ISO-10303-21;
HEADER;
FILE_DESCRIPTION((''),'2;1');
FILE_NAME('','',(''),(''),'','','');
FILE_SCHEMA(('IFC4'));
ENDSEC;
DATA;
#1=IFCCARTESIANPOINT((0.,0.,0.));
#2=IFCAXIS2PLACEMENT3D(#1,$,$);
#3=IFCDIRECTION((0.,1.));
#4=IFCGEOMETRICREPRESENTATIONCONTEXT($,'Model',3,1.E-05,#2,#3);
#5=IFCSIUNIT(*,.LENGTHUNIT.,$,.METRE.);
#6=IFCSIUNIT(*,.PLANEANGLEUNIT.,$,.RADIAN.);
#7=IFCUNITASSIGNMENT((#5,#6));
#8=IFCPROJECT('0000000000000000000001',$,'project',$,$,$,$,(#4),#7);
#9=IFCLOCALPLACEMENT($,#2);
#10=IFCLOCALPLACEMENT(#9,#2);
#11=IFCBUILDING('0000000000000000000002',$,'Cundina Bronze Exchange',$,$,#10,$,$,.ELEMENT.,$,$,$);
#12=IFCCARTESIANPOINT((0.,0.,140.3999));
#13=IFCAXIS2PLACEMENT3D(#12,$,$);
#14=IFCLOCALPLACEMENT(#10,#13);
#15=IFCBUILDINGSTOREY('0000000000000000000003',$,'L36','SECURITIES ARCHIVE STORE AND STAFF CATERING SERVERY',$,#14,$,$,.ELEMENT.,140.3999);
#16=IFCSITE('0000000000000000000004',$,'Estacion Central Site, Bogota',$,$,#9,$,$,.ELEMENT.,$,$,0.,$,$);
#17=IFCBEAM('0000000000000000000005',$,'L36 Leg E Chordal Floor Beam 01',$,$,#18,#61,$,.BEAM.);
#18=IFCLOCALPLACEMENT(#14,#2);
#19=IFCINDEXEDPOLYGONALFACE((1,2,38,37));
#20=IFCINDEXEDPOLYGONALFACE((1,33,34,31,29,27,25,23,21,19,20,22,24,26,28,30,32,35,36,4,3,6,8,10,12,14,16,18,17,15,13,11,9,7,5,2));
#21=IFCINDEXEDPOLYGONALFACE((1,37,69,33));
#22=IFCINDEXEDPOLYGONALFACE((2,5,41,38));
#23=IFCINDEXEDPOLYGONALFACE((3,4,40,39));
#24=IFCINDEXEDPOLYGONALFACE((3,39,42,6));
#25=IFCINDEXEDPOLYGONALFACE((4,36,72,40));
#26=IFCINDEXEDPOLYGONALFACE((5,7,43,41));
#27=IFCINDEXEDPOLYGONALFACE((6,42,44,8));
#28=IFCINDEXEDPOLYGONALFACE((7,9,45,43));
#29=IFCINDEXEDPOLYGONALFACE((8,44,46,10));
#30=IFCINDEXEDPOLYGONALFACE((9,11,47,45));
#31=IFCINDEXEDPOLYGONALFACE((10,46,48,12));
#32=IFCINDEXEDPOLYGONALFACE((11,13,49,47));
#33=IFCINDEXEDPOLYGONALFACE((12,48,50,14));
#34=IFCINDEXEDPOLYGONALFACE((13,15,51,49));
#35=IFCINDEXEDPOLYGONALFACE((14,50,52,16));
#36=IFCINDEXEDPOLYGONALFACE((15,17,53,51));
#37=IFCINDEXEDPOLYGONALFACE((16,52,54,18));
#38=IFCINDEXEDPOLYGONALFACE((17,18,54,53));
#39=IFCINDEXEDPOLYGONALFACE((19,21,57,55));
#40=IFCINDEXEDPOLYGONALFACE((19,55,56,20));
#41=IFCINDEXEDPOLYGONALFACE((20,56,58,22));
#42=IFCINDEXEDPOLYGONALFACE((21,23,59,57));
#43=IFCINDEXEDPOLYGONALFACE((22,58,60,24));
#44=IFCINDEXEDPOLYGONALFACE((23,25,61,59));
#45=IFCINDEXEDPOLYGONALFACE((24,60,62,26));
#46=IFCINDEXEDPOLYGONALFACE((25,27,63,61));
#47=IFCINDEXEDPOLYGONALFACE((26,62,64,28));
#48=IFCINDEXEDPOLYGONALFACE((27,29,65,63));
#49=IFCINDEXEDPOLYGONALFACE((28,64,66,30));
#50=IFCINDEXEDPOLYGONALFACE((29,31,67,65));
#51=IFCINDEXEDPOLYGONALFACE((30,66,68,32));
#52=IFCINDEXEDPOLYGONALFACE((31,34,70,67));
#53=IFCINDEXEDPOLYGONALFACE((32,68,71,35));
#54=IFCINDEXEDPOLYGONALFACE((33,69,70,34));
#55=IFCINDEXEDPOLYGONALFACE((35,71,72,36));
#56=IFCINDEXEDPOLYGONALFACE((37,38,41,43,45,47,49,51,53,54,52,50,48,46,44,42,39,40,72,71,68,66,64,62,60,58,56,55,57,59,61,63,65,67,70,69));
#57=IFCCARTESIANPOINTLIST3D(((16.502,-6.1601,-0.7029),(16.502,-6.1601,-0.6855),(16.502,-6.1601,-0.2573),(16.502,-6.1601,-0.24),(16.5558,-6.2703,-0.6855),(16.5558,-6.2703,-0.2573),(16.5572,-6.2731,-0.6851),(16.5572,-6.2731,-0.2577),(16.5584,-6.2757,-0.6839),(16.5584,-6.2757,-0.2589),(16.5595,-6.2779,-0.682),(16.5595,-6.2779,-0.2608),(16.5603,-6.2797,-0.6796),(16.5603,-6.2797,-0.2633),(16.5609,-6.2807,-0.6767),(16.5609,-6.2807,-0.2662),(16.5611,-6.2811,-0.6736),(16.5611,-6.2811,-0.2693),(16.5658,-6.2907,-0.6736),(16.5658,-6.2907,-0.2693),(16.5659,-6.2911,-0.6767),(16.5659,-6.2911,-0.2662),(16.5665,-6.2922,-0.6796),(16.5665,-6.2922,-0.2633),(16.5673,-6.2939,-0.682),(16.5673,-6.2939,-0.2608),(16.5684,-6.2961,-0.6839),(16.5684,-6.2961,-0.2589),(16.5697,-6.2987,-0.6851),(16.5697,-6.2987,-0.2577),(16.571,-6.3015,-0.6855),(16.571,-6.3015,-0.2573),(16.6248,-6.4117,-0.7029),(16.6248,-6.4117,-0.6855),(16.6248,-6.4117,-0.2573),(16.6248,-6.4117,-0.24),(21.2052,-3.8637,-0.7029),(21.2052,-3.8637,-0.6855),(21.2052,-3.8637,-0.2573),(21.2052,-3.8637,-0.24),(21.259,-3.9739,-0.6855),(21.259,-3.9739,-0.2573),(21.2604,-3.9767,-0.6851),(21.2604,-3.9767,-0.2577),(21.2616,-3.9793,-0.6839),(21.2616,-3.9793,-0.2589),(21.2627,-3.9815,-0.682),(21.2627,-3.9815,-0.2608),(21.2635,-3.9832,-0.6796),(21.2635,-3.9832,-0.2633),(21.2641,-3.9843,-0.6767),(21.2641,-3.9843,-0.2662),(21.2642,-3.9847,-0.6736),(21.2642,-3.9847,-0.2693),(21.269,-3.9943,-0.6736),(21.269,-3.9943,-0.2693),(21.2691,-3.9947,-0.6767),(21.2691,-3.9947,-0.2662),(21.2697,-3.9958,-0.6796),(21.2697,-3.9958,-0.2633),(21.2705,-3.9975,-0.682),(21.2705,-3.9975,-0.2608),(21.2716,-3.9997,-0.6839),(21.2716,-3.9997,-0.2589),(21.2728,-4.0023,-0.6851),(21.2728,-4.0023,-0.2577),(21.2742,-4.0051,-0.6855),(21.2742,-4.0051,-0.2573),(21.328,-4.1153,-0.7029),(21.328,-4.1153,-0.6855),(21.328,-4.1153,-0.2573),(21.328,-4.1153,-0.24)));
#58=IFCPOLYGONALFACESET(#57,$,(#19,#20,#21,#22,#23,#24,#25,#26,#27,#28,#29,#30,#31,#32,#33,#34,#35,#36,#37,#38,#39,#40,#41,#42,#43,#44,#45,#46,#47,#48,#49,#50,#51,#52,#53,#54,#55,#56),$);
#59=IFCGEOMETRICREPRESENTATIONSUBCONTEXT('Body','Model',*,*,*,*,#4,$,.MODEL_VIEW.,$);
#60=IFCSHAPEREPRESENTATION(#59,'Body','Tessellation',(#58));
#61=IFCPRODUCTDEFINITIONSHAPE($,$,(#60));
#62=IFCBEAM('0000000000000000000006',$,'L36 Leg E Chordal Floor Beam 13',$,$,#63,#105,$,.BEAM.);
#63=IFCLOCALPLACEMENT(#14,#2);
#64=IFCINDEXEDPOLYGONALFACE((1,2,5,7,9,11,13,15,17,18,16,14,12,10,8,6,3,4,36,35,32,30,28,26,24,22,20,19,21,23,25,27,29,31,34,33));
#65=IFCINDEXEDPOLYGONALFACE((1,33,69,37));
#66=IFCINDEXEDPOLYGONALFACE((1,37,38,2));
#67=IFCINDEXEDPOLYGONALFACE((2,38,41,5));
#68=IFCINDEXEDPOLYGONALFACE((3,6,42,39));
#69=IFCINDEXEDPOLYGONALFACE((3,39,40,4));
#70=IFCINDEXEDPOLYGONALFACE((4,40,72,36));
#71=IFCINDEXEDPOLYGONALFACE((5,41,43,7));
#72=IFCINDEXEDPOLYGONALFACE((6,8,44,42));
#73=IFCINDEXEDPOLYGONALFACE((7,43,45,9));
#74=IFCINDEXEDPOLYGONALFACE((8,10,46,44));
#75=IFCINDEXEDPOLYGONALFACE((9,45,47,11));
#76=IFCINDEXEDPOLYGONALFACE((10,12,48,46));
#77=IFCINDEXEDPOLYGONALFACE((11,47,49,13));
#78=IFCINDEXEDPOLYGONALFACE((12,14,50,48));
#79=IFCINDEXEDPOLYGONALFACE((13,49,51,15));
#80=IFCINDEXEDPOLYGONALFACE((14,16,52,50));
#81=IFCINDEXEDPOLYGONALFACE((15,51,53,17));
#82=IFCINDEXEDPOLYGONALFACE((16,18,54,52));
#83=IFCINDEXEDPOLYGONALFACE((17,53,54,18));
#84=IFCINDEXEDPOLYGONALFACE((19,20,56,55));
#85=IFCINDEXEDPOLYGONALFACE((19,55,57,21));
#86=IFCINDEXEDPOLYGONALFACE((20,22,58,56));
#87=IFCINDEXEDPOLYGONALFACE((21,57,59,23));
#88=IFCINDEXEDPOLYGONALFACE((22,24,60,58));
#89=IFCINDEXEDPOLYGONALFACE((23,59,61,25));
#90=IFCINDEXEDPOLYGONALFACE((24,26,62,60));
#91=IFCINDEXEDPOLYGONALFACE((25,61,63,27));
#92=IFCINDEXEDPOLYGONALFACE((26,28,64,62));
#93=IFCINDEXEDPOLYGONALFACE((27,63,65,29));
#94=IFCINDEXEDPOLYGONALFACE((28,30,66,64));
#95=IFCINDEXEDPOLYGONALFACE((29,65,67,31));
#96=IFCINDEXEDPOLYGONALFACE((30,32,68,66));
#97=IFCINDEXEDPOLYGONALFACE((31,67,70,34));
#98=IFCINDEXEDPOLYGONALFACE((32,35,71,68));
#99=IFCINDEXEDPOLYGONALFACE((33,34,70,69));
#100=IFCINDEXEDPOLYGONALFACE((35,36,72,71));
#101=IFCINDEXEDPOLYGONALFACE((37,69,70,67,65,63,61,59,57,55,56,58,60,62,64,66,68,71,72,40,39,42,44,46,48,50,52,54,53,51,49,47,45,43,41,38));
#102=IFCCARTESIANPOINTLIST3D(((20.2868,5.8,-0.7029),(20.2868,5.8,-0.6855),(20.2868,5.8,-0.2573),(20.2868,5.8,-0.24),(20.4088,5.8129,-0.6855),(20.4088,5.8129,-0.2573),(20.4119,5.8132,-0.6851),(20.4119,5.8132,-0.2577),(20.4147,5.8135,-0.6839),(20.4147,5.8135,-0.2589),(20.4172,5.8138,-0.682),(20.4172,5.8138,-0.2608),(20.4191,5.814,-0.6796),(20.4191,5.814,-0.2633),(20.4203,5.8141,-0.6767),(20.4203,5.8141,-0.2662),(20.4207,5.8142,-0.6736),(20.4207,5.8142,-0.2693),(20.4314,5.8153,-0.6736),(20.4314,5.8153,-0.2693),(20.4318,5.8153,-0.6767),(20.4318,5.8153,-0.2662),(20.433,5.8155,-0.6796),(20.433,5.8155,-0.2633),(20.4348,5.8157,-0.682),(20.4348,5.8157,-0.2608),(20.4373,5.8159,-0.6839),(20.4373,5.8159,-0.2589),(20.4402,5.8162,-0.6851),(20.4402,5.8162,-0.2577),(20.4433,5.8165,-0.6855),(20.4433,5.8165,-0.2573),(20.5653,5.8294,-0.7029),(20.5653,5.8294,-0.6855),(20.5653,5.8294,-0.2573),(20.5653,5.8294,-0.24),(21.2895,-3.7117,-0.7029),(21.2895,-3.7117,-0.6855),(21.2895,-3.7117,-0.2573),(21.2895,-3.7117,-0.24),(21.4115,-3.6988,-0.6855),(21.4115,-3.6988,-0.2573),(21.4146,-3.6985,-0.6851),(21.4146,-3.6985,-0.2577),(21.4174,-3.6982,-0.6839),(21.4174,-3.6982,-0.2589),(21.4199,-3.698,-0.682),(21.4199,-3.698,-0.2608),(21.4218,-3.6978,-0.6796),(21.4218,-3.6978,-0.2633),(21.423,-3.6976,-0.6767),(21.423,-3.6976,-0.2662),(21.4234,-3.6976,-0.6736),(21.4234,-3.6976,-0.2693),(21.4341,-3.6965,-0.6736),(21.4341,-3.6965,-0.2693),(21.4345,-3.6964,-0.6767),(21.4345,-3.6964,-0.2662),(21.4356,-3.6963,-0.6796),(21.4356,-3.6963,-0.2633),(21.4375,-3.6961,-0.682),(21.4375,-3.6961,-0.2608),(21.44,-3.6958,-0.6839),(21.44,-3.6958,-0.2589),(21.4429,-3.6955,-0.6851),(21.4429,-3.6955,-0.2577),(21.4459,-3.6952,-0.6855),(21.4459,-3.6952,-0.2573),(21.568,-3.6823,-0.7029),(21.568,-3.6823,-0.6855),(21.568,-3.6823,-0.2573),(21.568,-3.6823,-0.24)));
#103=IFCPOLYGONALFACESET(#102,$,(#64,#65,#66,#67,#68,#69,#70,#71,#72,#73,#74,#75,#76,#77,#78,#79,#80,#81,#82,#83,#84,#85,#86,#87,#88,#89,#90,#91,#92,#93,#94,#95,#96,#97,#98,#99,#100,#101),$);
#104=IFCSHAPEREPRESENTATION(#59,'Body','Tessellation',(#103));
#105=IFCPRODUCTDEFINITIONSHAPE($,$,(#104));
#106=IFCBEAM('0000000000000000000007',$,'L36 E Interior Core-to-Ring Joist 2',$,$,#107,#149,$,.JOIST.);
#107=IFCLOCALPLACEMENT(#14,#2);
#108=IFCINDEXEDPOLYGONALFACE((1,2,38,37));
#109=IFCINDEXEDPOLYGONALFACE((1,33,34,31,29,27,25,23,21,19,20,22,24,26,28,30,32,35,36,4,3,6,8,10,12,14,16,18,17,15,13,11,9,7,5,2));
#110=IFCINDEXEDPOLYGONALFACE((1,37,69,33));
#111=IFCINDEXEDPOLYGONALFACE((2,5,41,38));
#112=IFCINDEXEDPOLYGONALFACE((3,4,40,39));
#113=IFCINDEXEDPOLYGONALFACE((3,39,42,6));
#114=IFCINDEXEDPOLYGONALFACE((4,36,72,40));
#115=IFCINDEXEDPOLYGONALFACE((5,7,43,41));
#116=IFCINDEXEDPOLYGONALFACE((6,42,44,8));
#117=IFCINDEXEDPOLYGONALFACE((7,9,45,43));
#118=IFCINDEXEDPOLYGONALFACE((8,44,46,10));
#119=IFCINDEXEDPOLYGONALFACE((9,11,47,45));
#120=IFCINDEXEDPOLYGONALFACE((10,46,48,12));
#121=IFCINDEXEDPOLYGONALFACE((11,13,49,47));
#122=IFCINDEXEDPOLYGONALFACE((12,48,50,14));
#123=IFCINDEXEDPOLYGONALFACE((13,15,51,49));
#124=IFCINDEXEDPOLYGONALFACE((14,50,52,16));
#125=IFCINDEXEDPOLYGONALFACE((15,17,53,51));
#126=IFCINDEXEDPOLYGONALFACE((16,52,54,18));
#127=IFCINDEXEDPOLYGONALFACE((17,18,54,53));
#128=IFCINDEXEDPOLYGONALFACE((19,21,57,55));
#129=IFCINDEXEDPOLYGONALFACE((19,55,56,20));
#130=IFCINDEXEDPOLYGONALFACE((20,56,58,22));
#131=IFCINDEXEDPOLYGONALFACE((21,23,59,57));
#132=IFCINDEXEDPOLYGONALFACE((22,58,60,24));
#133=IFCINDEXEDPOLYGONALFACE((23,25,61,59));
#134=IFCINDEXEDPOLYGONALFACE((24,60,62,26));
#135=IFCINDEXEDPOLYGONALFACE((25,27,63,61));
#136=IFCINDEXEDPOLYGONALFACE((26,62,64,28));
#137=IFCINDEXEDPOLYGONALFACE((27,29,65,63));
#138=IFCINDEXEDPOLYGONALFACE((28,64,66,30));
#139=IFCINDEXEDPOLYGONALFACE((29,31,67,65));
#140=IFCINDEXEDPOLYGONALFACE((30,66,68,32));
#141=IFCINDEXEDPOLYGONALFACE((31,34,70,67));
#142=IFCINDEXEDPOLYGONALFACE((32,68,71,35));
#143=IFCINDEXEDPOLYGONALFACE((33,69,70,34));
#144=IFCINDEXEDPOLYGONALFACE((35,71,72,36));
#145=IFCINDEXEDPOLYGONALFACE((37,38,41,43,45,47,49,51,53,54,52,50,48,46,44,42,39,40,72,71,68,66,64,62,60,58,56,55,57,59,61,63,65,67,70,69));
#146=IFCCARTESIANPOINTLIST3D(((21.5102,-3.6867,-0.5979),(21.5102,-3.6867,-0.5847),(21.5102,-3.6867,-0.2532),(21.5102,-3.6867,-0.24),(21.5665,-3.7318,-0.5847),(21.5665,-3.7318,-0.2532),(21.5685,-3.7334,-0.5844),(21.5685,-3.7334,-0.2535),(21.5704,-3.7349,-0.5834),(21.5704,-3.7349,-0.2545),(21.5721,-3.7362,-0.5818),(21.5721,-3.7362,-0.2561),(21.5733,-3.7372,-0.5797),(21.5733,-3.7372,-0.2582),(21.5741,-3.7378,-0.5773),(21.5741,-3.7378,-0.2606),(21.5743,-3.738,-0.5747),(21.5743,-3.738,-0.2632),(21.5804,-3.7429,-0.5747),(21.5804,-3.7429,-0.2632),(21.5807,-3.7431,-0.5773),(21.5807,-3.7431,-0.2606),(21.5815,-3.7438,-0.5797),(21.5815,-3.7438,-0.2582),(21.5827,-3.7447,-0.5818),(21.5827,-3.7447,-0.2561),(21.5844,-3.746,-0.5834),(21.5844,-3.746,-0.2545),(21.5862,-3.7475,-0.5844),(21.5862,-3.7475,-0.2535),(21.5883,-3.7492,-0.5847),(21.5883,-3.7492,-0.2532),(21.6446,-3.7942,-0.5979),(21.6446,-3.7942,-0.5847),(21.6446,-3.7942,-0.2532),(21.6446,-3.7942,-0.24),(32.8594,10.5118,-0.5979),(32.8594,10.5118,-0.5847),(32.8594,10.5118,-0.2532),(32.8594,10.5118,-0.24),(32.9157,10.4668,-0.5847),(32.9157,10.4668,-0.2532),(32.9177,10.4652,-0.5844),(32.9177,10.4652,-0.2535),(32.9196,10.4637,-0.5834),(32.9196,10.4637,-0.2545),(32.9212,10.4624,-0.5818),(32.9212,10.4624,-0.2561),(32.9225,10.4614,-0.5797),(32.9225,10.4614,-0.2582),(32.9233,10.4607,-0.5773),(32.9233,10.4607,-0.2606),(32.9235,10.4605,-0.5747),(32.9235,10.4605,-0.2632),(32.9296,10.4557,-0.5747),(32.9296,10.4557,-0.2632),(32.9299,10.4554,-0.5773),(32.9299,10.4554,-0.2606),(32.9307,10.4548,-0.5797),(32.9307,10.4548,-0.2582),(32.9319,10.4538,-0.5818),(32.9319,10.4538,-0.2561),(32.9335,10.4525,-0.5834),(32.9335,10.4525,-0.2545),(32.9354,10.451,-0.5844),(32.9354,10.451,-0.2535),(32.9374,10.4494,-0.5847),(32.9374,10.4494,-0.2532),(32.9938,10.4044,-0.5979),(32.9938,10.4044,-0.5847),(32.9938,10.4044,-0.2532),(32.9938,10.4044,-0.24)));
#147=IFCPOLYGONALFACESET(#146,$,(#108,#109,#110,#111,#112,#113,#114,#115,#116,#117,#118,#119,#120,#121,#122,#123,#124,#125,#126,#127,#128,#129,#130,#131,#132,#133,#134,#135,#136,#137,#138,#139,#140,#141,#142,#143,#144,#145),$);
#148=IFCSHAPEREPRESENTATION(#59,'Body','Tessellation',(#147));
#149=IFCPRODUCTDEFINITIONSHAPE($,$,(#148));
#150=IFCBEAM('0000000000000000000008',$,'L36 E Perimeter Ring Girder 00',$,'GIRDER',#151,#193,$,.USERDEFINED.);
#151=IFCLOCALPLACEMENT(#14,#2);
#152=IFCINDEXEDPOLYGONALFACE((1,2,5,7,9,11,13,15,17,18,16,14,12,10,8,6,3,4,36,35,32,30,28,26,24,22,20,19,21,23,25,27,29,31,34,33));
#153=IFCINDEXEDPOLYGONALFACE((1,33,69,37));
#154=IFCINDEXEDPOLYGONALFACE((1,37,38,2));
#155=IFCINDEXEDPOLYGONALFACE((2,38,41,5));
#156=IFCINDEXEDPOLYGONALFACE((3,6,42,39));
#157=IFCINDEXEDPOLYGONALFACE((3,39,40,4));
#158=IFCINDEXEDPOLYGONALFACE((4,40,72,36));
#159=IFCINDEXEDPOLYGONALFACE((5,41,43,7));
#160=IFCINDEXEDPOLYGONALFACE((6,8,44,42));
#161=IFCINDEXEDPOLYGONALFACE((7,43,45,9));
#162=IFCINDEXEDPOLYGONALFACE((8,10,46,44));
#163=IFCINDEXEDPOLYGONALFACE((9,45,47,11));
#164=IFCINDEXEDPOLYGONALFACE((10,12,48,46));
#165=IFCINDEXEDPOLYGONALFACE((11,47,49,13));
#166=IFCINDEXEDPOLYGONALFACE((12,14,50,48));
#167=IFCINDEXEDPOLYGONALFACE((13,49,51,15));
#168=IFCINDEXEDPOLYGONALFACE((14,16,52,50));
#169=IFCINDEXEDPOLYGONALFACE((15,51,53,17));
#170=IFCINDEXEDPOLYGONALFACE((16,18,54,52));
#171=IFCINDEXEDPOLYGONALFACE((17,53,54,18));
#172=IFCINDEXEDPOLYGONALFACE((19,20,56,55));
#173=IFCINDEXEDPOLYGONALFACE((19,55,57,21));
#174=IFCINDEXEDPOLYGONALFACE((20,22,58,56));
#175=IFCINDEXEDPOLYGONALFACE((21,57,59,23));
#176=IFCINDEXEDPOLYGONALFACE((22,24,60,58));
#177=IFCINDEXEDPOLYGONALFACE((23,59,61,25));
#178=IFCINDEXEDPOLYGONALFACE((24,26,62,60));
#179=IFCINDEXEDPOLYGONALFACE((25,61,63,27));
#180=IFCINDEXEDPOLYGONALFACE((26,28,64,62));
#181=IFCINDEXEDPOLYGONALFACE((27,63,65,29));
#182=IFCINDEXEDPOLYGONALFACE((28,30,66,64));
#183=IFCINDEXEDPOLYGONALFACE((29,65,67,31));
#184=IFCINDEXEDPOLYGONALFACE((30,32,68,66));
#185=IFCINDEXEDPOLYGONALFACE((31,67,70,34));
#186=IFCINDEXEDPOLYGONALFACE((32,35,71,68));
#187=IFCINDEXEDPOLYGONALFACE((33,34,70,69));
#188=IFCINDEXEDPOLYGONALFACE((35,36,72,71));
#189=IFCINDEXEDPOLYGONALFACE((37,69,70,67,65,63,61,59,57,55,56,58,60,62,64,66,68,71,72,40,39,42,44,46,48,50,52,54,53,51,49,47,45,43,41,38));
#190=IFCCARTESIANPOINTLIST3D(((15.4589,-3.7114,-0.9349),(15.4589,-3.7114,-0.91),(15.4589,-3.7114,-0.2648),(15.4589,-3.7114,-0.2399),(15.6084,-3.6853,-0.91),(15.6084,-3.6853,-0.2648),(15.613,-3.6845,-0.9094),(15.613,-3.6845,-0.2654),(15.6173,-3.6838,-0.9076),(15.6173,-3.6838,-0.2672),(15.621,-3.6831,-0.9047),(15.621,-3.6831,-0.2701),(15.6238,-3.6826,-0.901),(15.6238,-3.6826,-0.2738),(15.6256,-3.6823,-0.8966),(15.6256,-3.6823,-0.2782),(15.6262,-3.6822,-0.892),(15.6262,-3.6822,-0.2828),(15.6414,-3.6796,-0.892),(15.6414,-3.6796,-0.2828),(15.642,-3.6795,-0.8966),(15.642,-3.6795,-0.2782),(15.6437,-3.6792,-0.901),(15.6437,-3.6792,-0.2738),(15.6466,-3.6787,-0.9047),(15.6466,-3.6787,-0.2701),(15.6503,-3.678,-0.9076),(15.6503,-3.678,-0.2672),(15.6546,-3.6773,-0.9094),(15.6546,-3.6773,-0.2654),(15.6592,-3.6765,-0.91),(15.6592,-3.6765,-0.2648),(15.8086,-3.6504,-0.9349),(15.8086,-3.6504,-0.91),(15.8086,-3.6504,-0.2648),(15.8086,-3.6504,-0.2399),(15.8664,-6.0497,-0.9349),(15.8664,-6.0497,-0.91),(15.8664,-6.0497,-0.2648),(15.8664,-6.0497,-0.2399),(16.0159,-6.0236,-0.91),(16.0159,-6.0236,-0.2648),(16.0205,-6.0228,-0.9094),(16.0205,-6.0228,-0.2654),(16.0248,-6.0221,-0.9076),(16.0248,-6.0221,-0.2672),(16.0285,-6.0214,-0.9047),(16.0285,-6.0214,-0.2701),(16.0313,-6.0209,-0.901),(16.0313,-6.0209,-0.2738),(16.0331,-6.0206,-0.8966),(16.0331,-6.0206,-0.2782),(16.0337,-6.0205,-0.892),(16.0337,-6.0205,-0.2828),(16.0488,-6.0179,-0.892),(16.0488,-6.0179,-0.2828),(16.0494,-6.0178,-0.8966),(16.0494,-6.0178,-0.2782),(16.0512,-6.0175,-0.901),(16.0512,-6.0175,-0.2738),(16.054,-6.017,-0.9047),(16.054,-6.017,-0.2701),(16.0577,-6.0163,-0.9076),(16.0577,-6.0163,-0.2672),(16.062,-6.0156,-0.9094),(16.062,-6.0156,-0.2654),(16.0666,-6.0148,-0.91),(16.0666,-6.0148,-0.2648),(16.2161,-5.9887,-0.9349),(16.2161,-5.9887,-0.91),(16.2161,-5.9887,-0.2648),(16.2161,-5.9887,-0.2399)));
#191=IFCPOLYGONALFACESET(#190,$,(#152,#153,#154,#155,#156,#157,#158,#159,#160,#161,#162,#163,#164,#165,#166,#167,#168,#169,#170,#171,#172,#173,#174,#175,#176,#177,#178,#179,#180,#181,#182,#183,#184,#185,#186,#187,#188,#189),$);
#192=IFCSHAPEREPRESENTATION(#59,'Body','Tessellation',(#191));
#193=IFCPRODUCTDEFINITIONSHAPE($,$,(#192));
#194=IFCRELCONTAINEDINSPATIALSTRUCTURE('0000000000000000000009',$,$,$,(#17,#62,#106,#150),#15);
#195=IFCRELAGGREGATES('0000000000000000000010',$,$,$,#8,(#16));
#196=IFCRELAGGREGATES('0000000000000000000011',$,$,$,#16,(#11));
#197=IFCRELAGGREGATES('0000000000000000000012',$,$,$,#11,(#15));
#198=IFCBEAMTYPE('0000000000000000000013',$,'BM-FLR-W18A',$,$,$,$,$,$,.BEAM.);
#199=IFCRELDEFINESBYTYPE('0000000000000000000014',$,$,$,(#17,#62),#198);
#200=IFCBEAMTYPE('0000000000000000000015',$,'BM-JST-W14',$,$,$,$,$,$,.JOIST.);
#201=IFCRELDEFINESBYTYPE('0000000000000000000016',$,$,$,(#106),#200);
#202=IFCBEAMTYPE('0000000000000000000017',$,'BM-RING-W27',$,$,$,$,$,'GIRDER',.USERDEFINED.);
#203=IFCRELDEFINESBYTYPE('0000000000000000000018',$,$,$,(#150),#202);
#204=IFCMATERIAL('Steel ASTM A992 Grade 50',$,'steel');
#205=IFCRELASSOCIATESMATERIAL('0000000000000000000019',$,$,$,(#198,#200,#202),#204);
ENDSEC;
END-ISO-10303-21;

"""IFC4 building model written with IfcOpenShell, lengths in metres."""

from ifc_helpers import new_model, si_unit, direction, frame, origin, origin_2d, place, context, subcontext, project, spatial, i_section, extrude, material, material_profile, profile_set, type_object, element, save


model = new_model("IFC4")

# Units and contexts
model_context = context("Model", 3, precision=1e-05, world=origin(), true_north=direction((0.0, 1.0)))
body_context = subcontext(model_context, "Body", "Model", "MODEL_VIEW")
ifc_project = project(units=[si_unit("LENGTHUNIT", "METRE"), si_unit("PLANEANGLEUNIT", "RADIAN")], contexts=[model_context])

# Site, building, storey
site_placement = place(None, origin())
site = spatial("IfcSite", under=ifc_project, at=site_placement, Name="Estacion Central Site, Bogota", CompositionType="ELEMENT", RefElevation=0.0)
building_placement = place(site_placement, origin())
building = spatial("IfcBuilding", under=site, at=building_placement, Name="Cundina Bronze Exchange", CompositionType="ELEMENT")
storey_placement = place(building_placement, frame((0.0, 0.0, 140.3999)))
storey = spatial("IfcBuildingStorey", under=building, at=storey_placement, Name="L36", Description="SECURITIES ARCHIVE STORE AND STAFF CATERING SERVERY", CompositionType="ELEMENT", Elevation=140.3999)

# Shared definitions
ifc_material_1 = material(Name="Steel ASTM A992 Grade 50", Category="steel")

# Beams
ifc_material_profile_1 = material_profile(ifc_material_1, i_section(OverallWidth=0.28, OverallDepth=0.4629, WebThickness=0.0107, FlangeThickness=0.0173, FilletRadius=0.012, at=origin_2d()), Name="W18X76", Category="steel")
ifc_profile_set_1 = profile_set([ifc_material_profile_1], Name="Steel ASTM A992 Grade 50")
beam_type_1 = type_object("IfcBeamType", Name="BM-FLR-W18A", PredefinedType="BEAM", material=ifc_profile_set_1)
beam_1_placement = place(storey_placement, frame((21.2666, -3.9895, -0.4714), z_axis=(-0.898604, -0.43876, 0.0), x_axis=(0.43876, -0.898604, 0.0)))
element("IfcBeam", 1, at=beam_1_placement, inside=storey, type_object=beam_type_1, Name="L36 Leg E Chordal Floor Beam 01", PredefinedType="BEAM", context=body_context, shape_type="SweptSolid", body=[
    extrude(i_section(OverallWidth=0.28, OverallDepth=0.4629, WebThickness=0.0107, FlangeThickness=0.0173, FilletRadius=0.012, at=origin_2d()), origin(), (0.0, 0.0, 1.0), 5.2339),
])
beam_2_placement = place(storey_placement, frame((21.4287, -3.697, -0.4714), z_axis=(-0.104835, 0.99449, 0.0), x_axis=(-0.99449, -0.104835, 0.0)))
element("IfcBeam", 2, at=beam_2_placement, inside=storey, type_object=beam_type_1, Name="L36 Leg E Chordal Floor Beam 13", PredefinedType="BEAM", context=body_context, shape_type="SweptSolid", body=[
    extrude(i_section(OverallWidth=0.28, OverallDepth=0.4629, WebThickness=0.0107, FlangeThickness=0.0173, FilletRadius=0.012, at=origin_2d()), origin(), (0.0, 0.0, 1.0), 9.5645),
])
ifc_material_profile_2 = material_profile(ifc_material_1, i_section(OverallWidth=0.1721, OverallDepth=0.3579, WebThickness=0.0078, FlangeThickness=0.0132, FilletRadius=0.01, at=origin_2d()), Name="W14X38", Category="steel")
ifc_profile_set_2 = profile_set([ifc_material_profile_2], Name="Steel ASTM A992 Grade 50")
beam_type_2 = type_object("IfcBeamType", Name="BM-JST-W14", PredefinedType="JOIST", material=ifc_profile_set_2)
beam_3_placement = place(storey_placement, frame((21.5774, -3.7405, -0.4189), z_axis=(0.624371, 0.781128, 0.0), x_axis=(-0.781128, 0.624371, 0.0)))
element("IfcBeam", 3, at=beam_3_placement, inside=storey, type_object=beam_type_2, Name="L36 E Interior Core-to-Ring Joist 2", PredefinedType="JOIST", context=body_context, shape_type="SweptSolid", body=[
    extrude(i_section(OverallWidth=0.1721, OverallDepth=0.3579, WebThickness=0.0078, FlangeThickness=0.0132, FilletRadius=0.01, at=origin_2d()), origin(), (0.0, 0.0, 1.0), 18.177),
])
ifc_material_profile_3 = material_profile(ifc_material_1, i_section(OverallWidth=0.355, OverallDepth=0.6951, WebThickness=0.0154, FlangeThickness=0.0249, FilletRadius=0.0181, at=origin_2d()), Name="W27X146", Category="steel")
ifc_profile_set_3 = profile_set([ifc_material_profile_3], Name="Steel ASTM A992 Grade 50")
beam_type_3 = type_object("IfcBeamType", Name="BM-RING-W27", ElementType="GIRDER", PredefinedType="USERDEFINED", material=ifc_profile_set_3)
beam_4_placement = place(storey_placement, frame((15.6338, -3.6809, -0.5874), z_axis=(0.171667, -0.985155, 0.0), x_axis=(0.985155, 0.171667, 0.0)))
element("IfcBeam", 4, at=beam_4_placement, inside=storey, type_object=beam_type_3, Name="L36 E Perimeter Ring Girder 00", ObjectType="GIRDER", PredefinedType="USERDEFINED", context=body_context, shape_type="SweptSolid", body=[
    extrude(i_section(OverallWidth=0.355, OverallDepth=0.6951, WebThickness=0.0154, FlangeThickness=0.0249, FilletRadius=0.0181, at=origin_2d()), origin(), (0.0, 0.0, 1.0), 2.3735),
])

save(model, "model.ifc")
